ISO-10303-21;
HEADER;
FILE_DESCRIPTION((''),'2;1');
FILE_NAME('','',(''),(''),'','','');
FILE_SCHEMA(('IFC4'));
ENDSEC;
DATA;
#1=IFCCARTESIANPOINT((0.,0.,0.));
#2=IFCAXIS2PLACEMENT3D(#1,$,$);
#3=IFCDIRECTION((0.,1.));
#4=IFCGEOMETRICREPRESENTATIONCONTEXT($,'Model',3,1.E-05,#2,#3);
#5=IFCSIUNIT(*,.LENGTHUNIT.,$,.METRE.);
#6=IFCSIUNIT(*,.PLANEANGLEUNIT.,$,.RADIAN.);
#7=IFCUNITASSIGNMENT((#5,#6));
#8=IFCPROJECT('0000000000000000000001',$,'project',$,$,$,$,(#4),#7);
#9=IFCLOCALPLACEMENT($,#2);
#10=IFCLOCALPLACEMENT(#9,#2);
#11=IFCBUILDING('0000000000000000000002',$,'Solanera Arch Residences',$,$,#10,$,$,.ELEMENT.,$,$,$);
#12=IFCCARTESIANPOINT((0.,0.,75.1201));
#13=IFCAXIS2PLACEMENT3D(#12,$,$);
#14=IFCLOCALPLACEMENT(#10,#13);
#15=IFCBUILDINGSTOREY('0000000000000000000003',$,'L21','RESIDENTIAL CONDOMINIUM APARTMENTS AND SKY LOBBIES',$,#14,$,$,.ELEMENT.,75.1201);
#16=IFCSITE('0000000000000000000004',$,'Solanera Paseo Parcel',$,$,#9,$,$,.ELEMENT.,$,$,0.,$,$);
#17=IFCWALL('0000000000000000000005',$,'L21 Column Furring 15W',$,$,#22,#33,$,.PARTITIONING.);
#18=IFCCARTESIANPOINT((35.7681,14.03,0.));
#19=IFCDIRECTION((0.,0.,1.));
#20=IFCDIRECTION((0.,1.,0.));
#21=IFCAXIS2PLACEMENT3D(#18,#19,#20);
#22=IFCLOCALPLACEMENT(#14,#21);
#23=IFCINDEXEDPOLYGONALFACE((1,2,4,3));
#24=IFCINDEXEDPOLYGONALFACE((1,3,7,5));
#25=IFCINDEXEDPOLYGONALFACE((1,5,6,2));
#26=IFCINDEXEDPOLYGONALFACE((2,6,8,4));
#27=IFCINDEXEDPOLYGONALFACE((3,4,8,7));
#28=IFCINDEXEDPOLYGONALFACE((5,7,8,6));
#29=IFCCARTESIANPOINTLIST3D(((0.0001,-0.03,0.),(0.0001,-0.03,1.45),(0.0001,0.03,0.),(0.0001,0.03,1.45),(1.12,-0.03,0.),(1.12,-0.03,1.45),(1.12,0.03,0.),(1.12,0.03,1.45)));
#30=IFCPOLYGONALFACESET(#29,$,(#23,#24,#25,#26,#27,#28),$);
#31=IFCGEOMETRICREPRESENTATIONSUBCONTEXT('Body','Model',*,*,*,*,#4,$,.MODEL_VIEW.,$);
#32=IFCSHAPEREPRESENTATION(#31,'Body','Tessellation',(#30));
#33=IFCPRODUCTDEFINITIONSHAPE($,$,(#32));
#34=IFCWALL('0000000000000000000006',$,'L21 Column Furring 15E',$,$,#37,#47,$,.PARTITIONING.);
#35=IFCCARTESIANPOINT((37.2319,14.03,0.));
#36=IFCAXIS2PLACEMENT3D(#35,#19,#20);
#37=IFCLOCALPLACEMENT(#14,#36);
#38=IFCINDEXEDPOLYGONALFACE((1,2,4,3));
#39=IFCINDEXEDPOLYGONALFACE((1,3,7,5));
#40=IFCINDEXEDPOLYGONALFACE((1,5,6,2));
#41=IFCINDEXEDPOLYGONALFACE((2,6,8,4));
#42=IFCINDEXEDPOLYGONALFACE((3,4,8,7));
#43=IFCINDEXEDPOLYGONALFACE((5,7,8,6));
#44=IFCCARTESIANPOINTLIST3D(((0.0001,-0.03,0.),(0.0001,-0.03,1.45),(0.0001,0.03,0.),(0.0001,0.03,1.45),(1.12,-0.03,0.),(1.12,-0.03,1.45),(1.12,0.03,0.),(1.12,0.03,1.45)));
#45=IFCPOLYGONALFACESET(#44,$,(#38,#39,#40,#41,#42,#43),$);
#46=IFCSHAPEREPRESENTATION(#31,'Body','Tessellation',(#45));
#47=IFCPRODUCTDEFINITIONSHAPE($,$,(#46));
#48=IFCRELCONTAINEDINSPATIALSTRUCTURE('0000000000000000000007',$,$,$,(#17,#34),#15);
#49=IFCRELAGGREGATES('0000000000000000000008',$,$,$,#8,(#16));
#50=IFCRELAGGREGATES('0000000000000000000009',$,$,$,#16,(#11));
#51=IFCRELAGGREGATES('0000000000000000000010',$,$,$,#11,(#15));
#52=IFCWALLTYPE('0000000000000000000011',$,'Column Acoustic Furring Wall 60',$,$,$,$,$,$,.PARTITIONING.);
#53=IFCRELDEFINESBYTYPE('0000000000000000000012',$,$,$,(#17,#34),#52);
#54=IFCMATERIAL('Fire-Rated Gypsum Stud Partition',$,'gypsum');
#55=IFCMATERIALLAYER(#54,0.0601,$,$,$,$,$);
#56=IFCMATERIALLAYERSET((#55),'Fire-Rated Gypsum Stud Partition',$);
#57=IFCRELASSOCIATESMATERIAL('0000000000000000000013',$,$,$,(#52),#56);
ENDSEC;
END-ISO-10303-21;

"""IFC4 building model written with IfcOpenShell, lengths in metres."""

from ifc_helpers import new_model, si_unit, direction, frame, frame_2d, origin, place, context, subcontext, project, spatial, rectangle, extrude, material, layer, layer_set, type_object, element, save


model = new_model("IFC4")

# Units and contexts
model_context = context("Model", 3, precision=1e-05, world=origin(), true_north=direction((0.0, 1.0)))
body_context = subcontext(model_context, "Body", "Model", "MODEL_VIEW")
ifc_project = project(units=[si_unit("LENGTHUNIT", "METRE"), si_unit("PLANEANGLEUNIT", "RADIAN")], contexts=[model_context])

# Site, building, storey
site_placement = place(None, origin())
site = spatial("IfcSite", under=ifc_project, at=site_placement, Name="Solanera Paseo Parcel", CompositionType="ELEMENT", RefElevation=0.0)
building_placement = place(site_placement, origin())
building = spatial("IfcBuilding", under=site, at=building_placement, Name="Solanera Arch Residences", CompositionType="ELEMENT")
storey_placement = place(building_placement, frame((0.0, 0.0, 75.1201)))
storey = spatial("IfcBuildingStorey", under=building, at=storey_placement, Name="L21", Description="RESIDENTIAL CONDOMINIUM APARTMENTS AND SKY LOBBIES", CompositionType="ELEMENT", Elevation=75.1201)

# Walls
ifc_material_1 = material(Name="Fire-Rated Gypsum Stud Partition", Category="gypsum")
ifc_layer_1 = layer(ifc_material_1, 0.0601)
ifc_layer_set_1 = layer_set([ifc_layer_1], Name="Fire-Rated Gypsum Stud Partition")
wall_type_1 = type_object("IfcWallType", Name="Column Acoustic Furring Wall 60", PredefinedType="PARTITIONING", material=ifc_layer_set_1)
for number, where, z_axis, x_axis, name in (
    (1, (35.7681, 14.03, 0.0), (0.0, 0.0, 1.0), (0.0, 1.0, 0.0), "L21 Column Furring 15W"),
    (2, (37.2319, 14.03, 0.0), (0.0, 0.0, 1.0), (0.0, 1.0, 0.0), "L21 Column Furring 15E"),
):
    element("IfcWall", number, at=place(storey_placement, frame(where, z_axis=z_axis, x_axis=x_axis)), inside=storey, type_object=wall_type_1, Name=name, PredefinedType="PARTITIONING", context=body_context, shape_type="SweptSolid", body=[
        extrude(rectangle(XDim=1.1199, YDim=0.0601, at=frame_2d((0.5601, 0.0))), origin(), (0.0, 0.0, 1.0), 1.45),
    ])

save(model, "model.ifc")
